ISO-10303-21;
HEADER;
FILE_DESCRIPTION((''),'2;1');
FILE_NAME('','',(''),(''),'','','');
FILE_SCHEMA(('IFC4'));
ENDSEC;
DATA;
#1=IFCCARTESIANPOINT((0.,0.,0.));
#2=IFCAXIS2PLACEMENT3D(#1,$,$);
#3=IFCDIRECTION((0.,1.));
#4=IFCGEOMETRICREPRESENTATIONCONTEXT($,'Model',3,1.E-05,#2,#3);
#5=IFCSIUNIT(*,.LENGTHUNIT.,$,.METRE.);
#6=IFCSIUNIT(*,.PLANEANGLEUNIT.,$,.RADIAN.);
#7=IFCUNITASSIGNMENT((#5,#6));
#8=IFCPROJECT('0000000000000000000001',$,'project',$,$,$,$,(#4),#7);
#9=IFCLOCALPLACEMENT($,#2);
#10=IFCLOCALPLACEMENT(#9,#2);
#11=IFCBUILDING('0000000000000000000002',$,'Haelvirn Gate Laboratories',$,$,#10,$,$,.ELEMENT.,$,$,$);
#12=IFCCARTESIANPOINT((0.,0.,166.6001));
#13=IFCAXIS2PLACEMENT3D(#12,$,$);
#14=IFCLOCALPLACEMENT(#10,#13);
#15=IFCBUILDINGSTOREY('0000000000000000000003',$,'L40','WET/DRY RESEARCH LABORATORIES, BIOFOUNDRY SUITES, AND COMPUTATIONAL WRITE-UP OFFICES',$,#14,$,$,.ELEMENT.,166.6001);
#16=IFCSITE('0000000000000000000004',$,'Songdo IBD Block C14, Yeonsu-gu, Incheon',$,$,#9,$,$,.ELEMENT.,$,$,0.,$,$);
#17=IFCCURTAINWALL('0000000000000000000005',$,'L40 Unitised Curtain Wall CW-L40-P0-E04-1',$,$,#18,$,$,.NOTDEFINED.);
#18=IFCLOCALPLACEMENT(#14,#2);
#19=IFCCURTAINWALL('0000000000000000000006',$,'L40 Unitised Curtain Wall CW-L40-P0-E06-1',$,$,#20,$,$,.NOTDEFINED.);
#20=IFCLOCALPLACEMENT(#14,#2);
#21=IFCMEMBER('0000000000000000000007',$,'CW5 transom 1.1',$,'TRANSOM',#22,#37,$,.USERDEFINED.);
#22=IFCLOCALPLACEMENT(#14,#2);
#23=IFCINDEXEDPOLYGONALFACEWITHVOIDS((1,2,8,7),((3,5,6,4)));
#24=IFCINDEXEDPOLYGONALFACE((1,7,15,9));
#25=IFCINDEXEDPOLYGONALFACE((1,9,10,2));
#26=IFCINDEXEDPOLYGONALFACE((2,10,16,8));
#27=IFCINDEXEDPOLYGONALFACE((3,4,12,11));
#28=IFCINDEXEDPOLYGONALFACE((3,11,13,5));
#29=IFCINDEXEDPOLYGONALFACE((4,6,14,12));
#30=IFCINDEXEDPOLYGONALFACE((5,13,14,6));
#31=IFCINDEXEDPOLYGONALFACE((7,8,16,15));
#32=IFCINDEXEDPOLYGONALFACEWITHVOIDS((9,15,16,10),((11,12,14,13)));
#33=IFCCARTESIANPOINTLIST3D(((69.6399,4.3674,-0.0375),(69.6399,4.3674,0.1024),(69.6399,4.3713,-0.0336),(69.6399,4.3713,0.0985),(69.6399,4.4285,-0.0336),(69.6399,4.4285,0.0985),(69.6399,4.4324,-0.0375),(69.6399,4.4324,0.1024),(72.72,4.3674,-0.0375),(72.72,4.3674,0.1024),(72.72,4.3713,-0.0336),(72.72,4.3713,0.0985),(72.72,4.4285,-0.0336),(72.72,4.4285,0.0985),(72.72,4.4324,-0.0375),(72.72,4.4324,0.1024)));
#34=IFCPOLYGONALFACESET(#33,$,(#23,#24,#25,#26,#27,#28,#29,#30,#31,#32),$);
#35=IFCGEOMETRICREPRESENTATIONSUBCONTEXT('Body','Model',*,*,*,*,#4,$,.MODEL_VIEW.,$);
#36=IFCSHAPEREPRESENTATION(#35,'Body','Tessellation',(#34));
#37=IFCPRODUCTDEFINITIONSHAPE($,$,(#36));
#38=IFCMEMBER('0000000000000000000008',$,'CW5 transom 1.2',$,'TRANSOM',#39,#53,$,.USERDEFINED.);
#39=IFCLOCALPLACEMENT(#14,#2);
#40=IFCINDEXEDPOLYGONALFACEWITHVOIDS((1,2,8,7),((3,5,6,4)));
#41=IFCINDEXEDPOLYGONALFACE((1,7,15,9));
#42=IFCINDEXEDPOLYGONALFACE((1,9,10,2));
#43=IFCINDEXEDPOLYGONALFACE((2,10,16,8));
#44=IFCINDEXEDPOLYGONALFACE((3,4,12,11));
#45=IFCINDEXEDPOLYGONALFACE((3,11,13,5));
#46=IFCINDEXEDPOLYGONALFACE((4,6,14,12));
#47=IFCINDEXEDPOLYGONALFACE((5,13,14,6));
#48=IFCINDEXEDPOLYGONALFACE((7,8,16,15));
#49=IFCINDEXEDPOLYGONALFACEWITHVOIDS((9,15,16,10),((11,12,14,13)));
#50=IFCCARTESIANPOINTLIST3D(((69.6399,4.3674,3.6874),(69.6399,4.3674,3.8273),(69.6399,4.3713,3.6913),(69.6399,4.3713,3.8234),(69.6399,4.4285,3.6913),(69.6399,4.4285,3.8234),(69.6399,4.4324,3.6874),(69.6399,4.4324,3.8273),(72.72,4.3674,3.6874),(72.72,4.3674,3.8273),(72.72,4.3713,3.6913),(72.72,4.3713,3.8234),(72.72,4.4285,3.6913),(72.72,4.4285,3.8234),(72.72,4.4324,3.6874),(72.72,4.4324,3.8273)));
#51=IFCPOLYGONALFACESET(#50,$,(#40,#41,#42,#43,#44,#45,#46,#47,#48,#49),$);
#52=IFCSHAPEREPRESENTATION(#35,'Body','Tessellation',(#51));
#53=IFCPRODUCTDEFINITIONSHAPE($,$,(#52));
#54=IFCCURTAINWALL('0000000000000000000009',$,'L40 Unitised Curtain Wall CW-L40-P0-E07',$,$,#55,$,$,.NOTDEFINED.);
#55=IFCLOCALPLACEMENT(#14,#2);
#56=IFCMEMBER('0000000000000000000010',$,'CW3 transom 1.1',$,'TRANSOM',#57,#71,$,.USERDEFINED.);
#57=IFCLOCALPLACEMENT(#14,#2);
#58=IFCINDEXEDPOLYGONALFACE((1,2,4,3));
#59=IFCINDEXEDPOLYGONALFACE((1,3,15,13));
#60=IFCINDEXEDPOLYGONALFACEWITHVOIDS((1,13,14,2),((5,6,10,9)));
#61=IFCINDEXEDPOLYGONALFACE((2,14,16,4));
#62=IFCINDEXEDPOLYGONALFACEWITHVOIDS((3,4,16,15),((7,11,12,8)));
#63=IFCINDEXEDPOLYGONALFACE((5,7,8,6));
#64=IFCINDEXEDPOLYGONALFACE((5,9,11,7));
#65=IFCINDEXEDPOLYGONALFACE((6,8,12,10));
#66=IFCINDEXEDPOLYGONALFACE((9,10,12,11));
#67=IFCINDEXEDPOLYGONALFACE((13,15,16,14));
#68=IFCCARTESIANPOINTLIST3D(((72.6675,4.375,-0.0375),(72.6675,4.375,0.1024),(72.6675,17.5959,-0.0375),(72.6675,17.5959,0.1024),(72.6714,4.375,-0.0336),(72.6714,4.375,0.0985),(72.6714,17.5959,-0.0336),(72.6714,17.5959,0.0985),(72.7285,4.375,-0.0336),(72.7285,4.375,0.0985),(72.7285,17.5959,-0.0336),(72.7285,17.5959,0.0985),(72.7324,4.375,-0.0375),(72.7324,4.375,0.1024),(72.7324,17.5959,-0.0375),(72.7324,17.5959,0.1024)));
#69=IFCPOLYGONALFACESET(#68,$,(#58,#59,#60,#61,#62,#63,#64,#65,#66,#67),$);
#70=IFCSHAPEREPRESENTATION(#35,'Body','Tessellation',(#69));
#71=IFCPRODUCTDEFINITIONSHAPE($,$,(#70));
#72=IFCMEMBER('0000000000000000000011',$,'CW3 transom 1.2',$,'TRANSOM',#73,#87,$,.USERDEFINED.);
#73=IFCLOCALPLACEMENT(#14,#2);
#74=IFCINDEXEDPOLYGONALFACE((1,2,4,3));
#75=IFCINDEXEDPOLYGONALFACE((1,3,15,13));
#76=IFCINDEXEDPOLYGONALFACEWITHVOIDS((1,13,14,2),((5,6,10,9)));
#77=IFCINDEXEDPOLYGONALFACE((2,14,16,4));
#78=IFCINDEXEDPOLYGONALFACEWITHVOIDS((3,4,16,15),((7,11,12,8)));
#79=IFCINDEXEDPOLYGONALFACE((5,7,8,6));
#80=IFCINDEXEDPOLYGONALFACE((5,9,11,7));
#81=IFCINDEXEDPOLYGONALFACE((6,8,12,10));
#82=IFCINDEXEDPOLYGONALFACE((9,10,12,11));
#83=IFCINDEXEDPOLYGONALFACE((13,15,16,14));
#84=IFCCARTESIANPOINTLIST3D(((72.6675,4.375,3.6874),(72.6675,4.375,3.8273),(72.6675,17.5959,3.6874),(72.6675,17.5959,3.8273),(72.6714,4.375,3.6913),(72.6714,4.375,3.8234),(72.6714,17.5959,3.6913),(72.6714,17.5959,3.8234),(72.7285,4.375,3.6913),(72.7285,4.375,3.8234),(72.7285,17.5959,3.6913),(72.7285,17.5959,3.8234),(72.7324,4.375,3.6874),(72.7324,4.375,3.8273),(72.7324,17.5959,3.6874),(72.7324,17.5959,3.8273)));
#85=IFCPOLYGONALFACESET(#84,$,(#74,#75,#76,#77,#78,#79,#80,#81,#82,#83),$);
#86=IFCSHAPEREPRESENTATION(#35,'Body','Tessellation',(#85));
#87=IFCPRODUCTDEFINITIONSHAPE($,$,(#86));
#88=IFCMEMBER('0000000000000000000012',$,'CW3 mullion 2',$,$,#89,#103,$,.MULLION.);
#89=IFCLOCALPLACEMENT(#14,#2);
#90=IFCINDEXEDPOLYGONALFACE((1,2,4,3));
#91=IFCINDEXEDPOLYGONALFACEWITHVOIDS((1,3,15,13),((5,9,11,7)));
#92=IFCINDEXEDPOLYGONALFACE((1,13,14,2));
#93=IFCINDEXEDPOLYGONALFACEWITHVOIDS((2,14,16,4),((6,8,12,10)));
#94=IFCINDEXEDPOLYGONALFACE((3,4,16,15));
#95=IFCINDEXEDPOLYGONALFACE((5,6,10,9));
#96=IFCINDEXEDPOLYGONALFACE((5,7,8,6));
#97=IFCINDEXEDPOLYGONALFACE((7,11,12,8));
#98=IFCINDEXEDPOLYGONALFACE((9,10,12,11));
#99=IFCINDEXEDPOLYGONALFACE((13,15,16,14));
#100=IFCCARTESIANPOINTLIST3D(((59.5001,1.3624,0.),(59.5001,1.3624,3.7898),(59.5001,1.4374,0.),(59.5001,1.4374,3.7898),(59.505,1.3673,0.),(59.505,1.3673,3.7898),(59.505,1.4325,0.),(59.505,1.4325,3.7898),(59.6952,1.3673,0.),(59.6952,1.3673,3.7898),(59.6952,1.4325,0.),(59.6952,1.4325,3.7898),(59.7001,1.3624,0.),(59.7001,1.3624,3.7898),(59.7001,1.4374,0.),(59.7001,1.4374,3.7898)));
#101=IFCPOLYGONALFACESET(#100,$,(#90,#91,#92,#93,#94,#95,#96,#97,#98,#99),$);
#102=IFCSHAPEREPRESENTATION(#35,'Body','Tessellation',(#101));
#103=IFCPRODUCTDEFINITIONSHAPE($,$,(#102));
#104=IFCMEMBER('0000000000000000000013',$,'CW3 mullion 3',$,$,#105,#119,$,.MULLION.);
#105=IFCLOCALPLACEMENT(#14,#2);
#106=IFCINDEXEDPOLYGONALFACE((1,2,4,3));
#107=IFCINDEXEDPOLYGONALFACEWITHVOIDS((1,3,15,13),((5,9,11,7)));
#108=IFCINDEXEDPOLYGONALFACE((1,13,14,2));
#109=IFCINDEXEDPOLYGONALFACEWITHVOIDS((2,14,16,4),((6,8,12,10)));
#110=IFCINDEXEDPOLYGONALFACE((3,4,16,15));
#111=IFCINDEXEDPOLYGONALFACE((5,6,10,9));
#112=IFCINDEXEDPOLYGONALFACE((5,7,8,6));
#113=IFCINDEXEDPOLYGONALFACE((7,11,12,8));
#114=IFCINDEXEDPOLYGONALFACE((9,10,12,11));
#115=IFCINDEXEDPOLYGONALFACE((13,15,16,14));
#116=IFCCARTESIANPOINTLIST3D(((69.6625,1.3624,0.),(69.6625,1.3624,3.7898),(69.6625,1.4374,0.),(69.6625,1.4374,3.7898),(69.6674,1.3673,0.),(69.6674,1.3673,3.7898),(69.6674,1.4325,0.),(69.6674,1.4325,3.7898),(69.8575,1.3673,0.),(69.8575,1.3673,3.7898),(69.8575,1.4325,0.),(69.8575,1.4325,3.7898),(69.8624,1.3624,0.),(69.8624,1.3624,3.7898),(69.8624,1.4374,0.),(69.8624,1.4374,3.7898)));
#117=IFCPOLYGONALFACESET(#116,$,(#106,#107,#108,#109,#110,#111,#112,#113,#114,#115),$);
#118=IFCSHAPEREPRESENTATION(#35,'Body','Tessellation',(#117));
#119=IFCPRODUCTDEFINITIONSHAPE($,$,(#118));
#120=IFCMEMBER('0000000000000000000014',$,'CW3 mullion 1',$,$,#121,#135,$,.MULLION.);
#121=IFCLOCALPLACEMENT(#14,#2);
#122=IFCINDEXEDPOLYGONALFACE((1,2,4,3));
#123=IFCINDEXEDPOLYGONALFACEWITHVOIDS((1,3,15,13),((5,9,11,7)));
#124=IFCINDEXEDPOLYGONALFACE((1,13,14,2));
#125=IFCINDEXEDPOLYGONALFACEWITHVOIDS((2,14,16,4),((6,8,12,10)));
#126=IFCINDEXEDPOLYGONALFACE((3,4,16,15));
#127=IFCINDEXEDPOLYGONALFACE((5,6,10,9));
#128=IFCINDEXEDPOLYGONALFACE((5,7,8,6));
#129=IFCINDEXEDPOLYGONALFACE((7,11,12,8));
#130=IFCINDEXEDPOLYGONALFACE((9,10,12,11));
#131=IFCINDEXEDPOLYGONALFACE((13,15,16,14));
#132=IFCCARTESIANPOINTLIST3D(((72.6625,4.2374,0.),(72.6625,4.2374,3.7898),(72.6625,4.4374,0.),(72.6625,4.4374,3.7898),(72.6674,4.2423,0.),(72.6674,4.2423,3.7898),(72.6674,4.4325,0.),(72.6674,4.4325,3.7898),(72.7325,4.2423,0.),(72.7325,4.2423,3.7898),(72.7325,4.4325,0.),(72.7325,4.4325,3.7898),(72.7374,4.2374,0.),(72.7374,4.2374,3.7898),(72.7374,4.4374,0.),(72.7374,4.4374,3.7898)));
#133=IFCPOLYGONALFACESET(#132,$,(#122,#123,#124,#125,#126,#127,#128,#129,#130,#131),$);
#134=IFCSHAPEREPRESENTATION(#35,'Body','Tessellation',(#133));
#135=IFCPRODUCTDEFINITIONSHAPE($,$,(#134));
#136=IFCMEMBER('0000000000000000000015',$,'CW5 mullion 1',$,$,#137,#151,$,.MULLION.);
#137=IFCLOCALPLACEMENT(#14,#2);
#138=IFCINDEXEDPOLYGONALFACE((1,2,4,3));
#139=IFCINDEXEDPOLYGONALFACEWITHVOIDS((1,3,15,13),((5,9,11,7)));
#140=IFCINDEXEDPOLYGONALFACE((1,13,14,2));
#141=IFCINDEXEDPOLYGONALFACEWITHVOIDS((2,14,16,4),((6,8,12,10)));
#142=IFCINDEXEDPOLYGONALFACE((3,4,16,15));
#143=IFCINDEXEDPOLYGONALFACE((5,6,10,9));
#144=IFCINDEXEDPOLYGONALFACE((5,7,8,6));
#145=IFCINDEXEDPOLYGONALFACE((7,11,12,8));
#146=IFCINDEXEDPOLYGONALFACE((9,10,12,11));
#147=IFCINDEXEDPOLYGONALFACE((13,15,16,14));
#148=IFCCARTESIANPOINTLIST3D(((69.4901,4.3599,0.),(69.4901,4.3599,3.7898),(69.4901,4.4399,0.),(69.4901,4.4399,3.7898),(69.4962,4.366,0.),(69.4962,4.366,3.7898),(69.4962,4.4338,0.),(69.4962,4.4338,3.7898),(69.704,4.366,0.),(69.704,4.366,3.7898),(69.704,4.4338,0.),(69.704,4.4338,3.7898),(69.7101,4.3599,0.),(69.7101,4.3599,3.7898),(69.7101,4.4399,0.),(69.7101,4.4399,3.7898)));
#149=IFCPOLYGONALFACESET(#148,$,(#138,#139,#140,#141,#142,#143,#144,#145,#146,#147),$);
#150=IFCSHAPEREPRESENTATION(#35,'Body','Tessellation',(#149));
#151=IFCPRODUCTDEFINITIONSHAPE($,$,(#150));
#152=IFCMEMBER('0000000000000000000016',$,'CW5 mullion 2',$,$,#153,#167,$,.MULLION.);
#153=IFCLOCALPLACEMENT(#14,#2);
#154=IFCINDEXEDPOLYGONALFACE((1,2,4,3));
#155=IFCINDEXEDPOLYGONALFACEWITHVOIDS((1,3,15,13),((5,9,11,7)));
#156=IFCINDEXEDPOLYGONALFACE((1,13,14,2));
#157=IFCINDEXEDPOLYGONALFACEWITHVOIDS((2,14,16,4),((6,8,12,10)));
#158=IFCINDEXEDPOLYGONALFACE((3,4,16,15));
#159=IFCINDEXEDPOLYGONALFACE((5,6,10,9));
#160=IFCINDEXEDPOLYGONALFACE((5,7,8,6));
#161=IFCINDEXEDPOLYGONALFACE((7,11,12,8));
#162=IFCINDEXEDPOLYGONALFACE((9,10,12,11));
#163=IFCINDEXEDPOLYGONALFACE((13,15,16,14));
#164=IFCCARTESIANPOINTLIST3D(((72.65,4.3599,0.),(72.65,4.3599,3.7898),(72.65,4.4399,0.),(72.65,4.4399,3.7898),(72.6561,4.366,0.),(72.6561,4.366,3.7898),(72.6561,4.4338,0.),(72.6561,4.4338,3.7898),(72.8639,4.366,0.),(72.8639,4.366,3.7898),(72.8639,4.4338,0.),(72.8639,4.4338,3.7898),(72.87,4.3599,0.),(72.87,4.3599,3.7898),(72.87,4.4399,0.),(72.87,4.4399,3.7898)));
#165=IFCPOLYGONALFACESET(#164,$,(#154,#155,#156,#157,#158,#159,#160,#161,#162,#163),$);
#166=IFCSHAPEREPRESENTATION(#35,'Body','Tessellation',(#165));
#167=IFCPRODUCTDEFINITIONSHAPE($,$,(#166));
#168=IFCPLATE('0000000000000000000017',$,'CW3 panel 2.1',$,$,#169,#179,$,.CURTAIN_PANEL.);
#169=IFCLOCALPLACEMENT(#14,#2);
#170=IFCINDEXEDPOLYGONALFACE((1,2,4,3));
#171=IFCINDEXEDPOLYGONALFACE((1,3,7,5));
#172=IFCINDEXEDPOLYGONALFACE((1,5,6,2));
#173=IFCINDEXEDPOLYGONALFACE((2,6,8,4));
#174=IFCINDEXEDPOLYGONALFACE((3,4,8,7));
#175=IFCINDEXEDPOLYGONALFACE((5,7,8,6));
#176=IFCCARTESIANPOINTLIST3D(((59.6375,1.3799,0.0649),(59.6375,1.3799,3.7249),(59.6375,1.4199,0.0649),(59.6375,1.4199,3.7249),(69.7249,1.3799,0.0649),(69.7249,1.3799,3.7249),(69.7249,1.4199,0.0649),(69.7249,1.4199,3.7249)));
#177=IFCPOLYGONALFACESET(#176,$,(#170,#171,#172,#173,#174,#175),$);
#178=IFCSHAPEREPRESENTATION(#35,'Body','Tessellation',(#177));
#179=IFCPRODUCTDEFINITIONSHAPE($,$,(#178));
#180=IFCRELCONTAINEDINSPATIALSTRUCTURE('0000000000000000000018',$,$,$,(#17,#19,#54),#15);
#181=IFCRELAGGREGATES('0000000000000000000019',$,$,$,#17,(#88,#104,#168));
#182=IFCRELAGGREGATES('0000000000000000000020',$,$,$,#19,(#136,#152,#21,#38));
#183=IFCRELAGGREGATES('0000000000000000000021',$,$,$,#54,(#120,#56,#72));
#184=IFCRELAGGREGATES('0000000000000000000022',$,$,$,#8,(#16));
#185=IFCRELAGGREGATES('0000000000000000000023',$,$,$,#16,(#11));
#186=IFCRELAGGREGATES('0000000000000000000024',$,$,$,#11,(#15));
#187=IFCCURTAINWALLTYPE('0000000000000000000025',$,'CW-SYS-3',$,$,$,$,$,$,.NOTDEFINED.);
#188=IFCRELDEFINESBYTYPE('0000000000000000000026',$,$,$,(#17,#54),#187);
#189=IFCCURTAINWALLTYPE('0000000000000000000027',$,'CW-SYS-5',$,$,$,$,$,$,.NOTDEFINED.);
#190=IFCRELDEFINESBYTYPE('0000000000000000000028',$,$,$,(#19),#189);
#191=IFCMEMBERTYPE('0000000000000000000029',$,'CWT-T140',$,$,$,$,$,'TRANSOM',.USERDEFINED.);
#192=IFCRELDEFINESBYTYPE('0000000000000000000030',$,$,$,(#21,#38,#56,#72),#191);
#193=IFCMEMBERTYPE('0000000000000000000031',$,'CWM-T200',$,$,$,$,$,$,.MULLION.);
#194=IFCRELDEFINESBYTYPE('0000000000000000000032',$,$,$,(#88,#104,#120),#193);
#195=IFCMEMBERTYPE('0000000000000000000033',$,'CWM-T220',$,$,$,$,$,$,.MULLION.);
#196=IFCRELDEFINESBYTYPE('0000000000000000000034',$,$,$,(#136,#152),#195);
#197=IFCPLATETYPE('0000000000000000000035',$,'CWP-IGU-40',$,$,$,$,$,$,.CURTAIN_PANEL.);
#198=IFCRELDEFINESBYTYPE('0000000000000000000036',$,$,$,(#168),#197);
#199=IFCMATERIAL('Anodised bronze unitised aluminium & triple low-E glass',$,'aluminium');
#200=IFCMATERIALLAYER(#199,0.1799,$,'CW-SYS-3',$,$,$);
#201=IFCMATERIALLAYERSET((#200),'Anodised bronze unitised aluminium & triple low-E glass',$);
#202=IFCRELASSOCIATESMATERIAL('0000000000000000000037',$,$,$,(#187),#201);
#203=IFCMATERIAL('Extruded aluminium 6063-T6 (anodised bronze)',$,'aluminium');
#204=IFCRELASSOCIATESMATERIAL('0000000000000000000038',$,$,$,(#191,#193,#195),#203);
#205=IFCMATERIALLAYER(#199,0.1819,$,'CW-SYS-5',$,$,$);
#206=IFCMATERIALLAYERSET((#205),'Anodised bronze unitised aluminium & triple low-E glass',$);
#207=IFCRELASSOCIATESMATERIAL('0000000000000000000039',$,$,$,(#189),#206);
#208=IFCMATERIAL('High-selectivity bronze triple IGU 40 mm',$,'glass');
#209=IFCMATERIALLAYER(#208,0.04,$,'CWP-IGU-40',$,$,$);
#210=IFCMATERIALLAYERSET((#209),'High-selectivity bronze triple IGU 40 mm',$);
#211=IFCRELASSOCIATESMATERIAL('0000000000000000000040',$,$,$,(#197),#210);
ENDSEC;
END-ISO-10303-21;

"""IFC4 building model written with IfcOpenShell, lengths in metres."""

from ifc_helpers import new_model, si_unit, direction, frame, origin, origin_2d, place, context, subcontext, project, spatial, rectangle, hollow_rectangle, extrude, source, transform, mapped, material, layer, layer_set, material_profile, profile_set, type_object, type_shapes, element, aggregate, save


model = new_model("IFC4")

# Units and contexts
model_context = context("Model", 3, precision=1e-05, world=origin(), true_north=direction((0.0, 1.0)))
body_context = subcontext(model_context, "Body", "Model", "MODEL_VIEW")
ifc_project = project(units=[si_unit("LENGTHUNIT", "METRE"), si_unit("PLANEANGLEUNIT", "RADIAN")], contexts=[model_context])

# Site, building, storey
site_placement = place(None, origin())
site = spatial("IfcSite", under=ifc_project, at=site_placement, Name="Songdo IBD Block C14, Yeonsu-gu, Incheon", CompositionType="ELEMENT", RefElevation=0.0)
building_placement = place(site_placement, origin())
building = spatial("IfcBuilding", under=site, at=building_placement, Name="Haelvirn Gate Laboratories", CompositionType="ELEMENT")
storey_placement = place(building_placement, frame((0.0, 0.0, 166.6001)))
storey = spatial("IfcBuildingStorey", under=building, at=storey_placement, Name="L40", Description="WET/DRY RESEARCH LABORATORIES, BIOFOUNDRY SUITES, AND COMPUTATIONAL WRITE-UP OFFICES", CompositionType="ELEMENT", Elevation=166.6001)

# Curtain walls, members
ifc_material_1 = material(Name="Anodised bronze unitised aluminium & triple low-E glass", Category="aluminium")
ifc_layer_1 = layer(ifc_material_1, 0.1799, Name="CW-SYS-3")
ifc_layer_set_1 = layer_set([ifc_layer_1], Name="Anodised bronze unitised aluminium & triple low-E glass")
curtain_wall_type_1 = type_object("IfcCurtainWallType", Name="CW-SYS-3", PredefinedType="NOTDEFINED", material=ifc_layer_set_1)
curtain_wall_1_placement = place(storey_placement, origin())
curtain_wall_1 = element("IfcCurtainWall", 1, at=curtain_wall_1_placement, inside=storey, type_object=curtain_wall_type_1, Name="L40 Unitised Curtain Wall CW-L40-P0-E04-1", PredefinedType="NOTDEFINED")
ifc_material_2 = material(Name="Extruded aluminium 6063-T6 (anodised bronze)", Category="aluminium")
ifc_material_profile_1 = material_profile(ifc_material_2, hollow_rectangle(XDim=0.0649, YDim=0.1399, WallThickness=0.0039, at=origin_2d()), Name="CWT-140x65x4")
ifc_profile_set_1 = profile_set([ifc_material_profile_1], Name="Extruded aluminium 6063-T6 (anodised bronze)")
member_type_1 = type_object("IfcMemberType", Name="CWT-T140", ElementType="TRANSOM", PredefinedType="USERDEFINED", material=ifc_profile_set_1)
ifc_layer_2 = layer(ifc_material_1, 0.1819, Name="CW-SYS-5")
ifc_layer_set_2 = layer_set([ifc_layer_2], Name="Anodised bronze unitised aluminium & triple low-E glass")
curtain_wall_type_2 = type_object("IfcCurtainWallType", Name="CW-SYS-5", PredefinedType="NOTDEFINED", material=ifc_layer_set_2)
curtain_wall_2_placement = place(storey_placement, origin())
curtain_wall_2 = element("IfcCurtainWall", 2, at=curtain_wall_2_placement, inside=storey, type_object=curtain_wall_type_2, Name="L40 Unitised Curtain Wall CW-L40-P0-E06-1", PredefinedType="NOTDEFINED")
shared_shape_1 = source(origin(), body_context, "Body", "SweptSolid", [
    extrude(hollow_rectangle(XDim=0.0649, YDim=0.1399, WallThickness=0.0039, at=origin_2d()), origin(), (0.0, 0.0, 1.0), 3.0801),
])
member_1_placement = place(storey_placement, frame((69.6399, 4.3999, 0.0325), z_axis=(1.0, 0.0, 0.0), x_axis=(0.0, 1.0, 0.0)))
member_1 = element("IfcMember", 3, at=member_1_placement, type_object=member_type_1, Name="CW5 transom 1.1", ObjectType="TRANSOM", PredefinedType="USERDEFINED", context=body_context, shape_type="MappedRepresentation", body=[
    mapped(shared_shape_1, transform((0.0, 0.0, 0.0), scale=1.0)),
])
member_2_placement = place(storey_placement, frame((69.6399, 4.3999, 3.7573), z_axis=(1.0, 0.0, 0.0), x_axis=(0.0, 1.0, 0.0)))
member_2 = element("IfcMember", 4, at=member_2_placement, type_object=member_type_1, Name="CW5 transom 1.2", ObjectType="TRANSOM", PredefinedType="USERDEFINED", context=body_context, shape_type="MappedRepresentation", body=[
    mapped(shared_shape_1, transform((0.0, 0.0, 0.0), scale=1.0)),
])
curtain_wall_3_placement = place(storey_placement, origin())
curtain_wall_3 = element("IfcCurtainWall", 5, at=curtain_wall_3_placement, inside=storey, type_object=curtain_wall_type_1, Name="L40 Unitised Curtain Wall CW-L40-P0-E07", PredefinedType="NOTDEFINED")
shared_shape_2 = source(origin(), body_context, "Body", "SweptSolid", [
    extrude(hollow_rectangle(XDim=0.0649, YDim=0.1399, WallThickness=0.0039, at=origin_2d()), origin(), (0.0, 0.0, 1.0), 13.2209),
])
member_3_placement = place(storey_placement, frame((72.7, 4.375, 0.0325), z_axis=(0.0, 1.0, 0.0), x_axis=(-1.0, 0.0, 0.0)))
member_3 = element("IfcMember", 6, at=member_3_placement, type_object=member_type_1, Name="CW3 transom 1.1", ObjectType="TRANSOM", PredefinedType="USERDEFINED", context=body_context, shape_type="MappedRepresentation", body=[
    mapped(shared_shape_2, transform((0.0, 0.0, 0.0), scale=1.0)),
])
member_4_placement = place(storey_placement, frame((72.7, 4.375, 3.7573), z_axis=(0.0, 1.0, 0.0), x_axis=(-1.0, 0.0, 0.0)))
member_4 = element("IfcMember", 7, at=member_4_placement, type_object=member_type_1, Name="CW3 transom 1.2", ObjectType="TRANSOM", PredefinedType="USERDEFINED", context=body_context, shape_type="MappedRepresentation", body=[
    mapped(shared_shape_2, transform((0.0, 0.0, 0.0), scale=1.0)),
])

# Members
ifc_material_profile_2 = material_profile(ifc_material_2, hollow_rectangle(XDim=0.075, YDim=0.2, WallThickness=0.0049, at=origin_2d()), Name="CWM-200x75x5")
ifc_profile_set_2 = profile_set([ifc_material_profile_2], Name="Extruded aluminium 6063-T6 (anodised bronze)")
member_type_2 = type_object("IfcMemberType", Name="CWM-T200", PredefinedType="MULLION", material=ifc_profile_set_2)
shared_shape_3 = source(origin(), body_context, "Body", "SweptSolid", [
    extrude(hollow_rectangle(XDim=0.075, YDim=0.2, WallThickness=0.0049, at=origin_2d()), origin(), (0.0, 0.0, 1.0), 3.7898),
])
type_shapes(member_type_2, [shared_shape_3])
member_5_placement = place(storey_placement, frame((59.6001, 1.3999, 0.0), z_axis=(0.0, 0.0, 1.0), x_axis=(0.0, 1.0, 0.0)))
member_5 = element("IfcMember", 8, at=member_5_placement, type_object=member_type_2, Name="CW3 mullion 2", PredefinedType="MULLION", context=body_context, shape_type="MappedRepresentation", body=[
    mapped(shared_shape_3, transform((0.0, 0.0, 0.0), scale=1.0)),
])
member_6_placement = place(storey_placement, frame((69.7625, 1.3999, 0.0), z_axis=(0.0, 0.0, 1.0), x_axis=(0.0, 1.0, 0.0)))
member_6 = element("IfcMember", 9, at=member_6_placement, type_object=member_type_2, Name="CW3 mullion 3", PredefinedType="MULLION", context=body_context, shape_type="MappedRepresentation", body=[
    mapped(shared_shape_3, transform((0.0, 0.0, 0.0), scale=1.0)),
])
member_7_placement = place(storey_placement, frame((72.7, 4.3374, 0.0), z_axis=(0.0, 0.0, 1.0), x_axis=(-1.0, 0.0, 0.0)))
member_7 = element("IfcMember", 10, at=member_7_placement, type_object=member_type_2, Name="CW3 mullion 1", PredefinedType="MULLION", context=body_context, shape_type="MappedRepresentation", body=[
    mapped(shared_shape_3, transform((0.0, 0.0, 0.0), scale=1.0)),
])
ifc_material_profile_3 = material_profile(ifc_material_2, hollow_rectangle(XDim=0.0801, YDim=0.22, WallThickness=0.0061, at=origin_2d()), Name="CWM-220x80x6")
ifc_profile_set_3 = profile_set([ifc_material_profile_3], Name="Extruded aluminium 6063-T6 (anodised bronze)")
member_type_3 = type_object("IfcMemberType", Name="CWM-T220", PredefinedType="MULLION", material=ifc_profile_set_3)
shared_shape_4 = source(origin(), body_context, "Body", "SweptSolid", [
    extrude(hollow_rectangle(XDim=0.0801, YDim=0.22, WallThickness=0.0061, at=origin_2d()), origin(), (0.0, 0.0, 1.0), 3.7898),
])
type_shapes(member_type_3, [shared_shape_4])
member_8_placement = place(storey_placement, frame((69.6001, 4.3999, 0.0), z_axis=(0.0, 0.0, 1.0), x_axis=(0.0, 1.0, 0.0)))
member_8 = element("IfcMember", 11, at=member_8_placement, type_object=member_type_3, Name="CW5 mullion 1", PredefinedType="MULLION", context=body_context, shape_type="MappedRepresentation", body=[
    mapped(shared_shape_4, transform((0.0, 0.0, 0.0), scale=1.0)),
])
member_9_placement = place(storey_placement, frame((72.76, 4.3999, 0.0), z_axis=(0.0, 0.0, 1.0), x_axis=(0.0, 1.0, 0.0)))
member_9 = element("IfcMember", 12, at=member_9_placement, type_object=member_type_3, Name="CW5 mullion 2", PredefinedType="MULLION", context=body_context, shape_type="MappedRepresentation", body=[
    mapped(shared_shape_4, transform((0.0, 0.0, 0.0), scale=1.0)),
])

# Plate
ifc_material_3 = material(Name="High-selectivity bronze triple IGU 40 mm", Category="glass")
ifc_layer_3 = layer(ifc_material_3, 0.04, Name="CWP-IGU-40")
ifc_layer_set_3 = layer_set([ifc_layer_3], Name="High-selectivity bronze triple IGU 40 mm")
plate_type_1 = type_object("IfcPlateType", Name="CWP-IGU-40", PredefinedType="CURTAIN_PANEL", material=ifc_layer_set_3)
shared_shape_5 = source(origin(), body_context, "Body", "SweptSolid", [
    extrude(rectangle(XDim=10.0874, YDim=0.04, at=origin_2d()), origin(), (0.0, 0.0, 1.0), 3.6599),
])
plate_1_placement = place(storey_placement, frame((64.6812, 1.3999, 0.0649), z_axis=(0.0, 0.0, 1.0), x_axis=(1.0, 0.0, 0.0)))
plate_1 = element("IfcPlate", 13, at=plate_1_placement, type_object=plate_type_1, Name="CW3 panel 2.1", PredefinedType="CURTAIN_PANEL", context=body_context, shape_type="MappedRepresentation", body=[
    mapped(shared_shape_5, transform((0.0, 0.0, 0.0), scale=1.0)),
])
aggregate(curtain_wall_1, [member_5, member_6, plate_1])
aggregate(curtain_wall_2, [member_8, member_9, member_1, member_2])
aggregate(curtain_wall_3, [member_7, member_3, member_4])

save(model, "model.ifc")
